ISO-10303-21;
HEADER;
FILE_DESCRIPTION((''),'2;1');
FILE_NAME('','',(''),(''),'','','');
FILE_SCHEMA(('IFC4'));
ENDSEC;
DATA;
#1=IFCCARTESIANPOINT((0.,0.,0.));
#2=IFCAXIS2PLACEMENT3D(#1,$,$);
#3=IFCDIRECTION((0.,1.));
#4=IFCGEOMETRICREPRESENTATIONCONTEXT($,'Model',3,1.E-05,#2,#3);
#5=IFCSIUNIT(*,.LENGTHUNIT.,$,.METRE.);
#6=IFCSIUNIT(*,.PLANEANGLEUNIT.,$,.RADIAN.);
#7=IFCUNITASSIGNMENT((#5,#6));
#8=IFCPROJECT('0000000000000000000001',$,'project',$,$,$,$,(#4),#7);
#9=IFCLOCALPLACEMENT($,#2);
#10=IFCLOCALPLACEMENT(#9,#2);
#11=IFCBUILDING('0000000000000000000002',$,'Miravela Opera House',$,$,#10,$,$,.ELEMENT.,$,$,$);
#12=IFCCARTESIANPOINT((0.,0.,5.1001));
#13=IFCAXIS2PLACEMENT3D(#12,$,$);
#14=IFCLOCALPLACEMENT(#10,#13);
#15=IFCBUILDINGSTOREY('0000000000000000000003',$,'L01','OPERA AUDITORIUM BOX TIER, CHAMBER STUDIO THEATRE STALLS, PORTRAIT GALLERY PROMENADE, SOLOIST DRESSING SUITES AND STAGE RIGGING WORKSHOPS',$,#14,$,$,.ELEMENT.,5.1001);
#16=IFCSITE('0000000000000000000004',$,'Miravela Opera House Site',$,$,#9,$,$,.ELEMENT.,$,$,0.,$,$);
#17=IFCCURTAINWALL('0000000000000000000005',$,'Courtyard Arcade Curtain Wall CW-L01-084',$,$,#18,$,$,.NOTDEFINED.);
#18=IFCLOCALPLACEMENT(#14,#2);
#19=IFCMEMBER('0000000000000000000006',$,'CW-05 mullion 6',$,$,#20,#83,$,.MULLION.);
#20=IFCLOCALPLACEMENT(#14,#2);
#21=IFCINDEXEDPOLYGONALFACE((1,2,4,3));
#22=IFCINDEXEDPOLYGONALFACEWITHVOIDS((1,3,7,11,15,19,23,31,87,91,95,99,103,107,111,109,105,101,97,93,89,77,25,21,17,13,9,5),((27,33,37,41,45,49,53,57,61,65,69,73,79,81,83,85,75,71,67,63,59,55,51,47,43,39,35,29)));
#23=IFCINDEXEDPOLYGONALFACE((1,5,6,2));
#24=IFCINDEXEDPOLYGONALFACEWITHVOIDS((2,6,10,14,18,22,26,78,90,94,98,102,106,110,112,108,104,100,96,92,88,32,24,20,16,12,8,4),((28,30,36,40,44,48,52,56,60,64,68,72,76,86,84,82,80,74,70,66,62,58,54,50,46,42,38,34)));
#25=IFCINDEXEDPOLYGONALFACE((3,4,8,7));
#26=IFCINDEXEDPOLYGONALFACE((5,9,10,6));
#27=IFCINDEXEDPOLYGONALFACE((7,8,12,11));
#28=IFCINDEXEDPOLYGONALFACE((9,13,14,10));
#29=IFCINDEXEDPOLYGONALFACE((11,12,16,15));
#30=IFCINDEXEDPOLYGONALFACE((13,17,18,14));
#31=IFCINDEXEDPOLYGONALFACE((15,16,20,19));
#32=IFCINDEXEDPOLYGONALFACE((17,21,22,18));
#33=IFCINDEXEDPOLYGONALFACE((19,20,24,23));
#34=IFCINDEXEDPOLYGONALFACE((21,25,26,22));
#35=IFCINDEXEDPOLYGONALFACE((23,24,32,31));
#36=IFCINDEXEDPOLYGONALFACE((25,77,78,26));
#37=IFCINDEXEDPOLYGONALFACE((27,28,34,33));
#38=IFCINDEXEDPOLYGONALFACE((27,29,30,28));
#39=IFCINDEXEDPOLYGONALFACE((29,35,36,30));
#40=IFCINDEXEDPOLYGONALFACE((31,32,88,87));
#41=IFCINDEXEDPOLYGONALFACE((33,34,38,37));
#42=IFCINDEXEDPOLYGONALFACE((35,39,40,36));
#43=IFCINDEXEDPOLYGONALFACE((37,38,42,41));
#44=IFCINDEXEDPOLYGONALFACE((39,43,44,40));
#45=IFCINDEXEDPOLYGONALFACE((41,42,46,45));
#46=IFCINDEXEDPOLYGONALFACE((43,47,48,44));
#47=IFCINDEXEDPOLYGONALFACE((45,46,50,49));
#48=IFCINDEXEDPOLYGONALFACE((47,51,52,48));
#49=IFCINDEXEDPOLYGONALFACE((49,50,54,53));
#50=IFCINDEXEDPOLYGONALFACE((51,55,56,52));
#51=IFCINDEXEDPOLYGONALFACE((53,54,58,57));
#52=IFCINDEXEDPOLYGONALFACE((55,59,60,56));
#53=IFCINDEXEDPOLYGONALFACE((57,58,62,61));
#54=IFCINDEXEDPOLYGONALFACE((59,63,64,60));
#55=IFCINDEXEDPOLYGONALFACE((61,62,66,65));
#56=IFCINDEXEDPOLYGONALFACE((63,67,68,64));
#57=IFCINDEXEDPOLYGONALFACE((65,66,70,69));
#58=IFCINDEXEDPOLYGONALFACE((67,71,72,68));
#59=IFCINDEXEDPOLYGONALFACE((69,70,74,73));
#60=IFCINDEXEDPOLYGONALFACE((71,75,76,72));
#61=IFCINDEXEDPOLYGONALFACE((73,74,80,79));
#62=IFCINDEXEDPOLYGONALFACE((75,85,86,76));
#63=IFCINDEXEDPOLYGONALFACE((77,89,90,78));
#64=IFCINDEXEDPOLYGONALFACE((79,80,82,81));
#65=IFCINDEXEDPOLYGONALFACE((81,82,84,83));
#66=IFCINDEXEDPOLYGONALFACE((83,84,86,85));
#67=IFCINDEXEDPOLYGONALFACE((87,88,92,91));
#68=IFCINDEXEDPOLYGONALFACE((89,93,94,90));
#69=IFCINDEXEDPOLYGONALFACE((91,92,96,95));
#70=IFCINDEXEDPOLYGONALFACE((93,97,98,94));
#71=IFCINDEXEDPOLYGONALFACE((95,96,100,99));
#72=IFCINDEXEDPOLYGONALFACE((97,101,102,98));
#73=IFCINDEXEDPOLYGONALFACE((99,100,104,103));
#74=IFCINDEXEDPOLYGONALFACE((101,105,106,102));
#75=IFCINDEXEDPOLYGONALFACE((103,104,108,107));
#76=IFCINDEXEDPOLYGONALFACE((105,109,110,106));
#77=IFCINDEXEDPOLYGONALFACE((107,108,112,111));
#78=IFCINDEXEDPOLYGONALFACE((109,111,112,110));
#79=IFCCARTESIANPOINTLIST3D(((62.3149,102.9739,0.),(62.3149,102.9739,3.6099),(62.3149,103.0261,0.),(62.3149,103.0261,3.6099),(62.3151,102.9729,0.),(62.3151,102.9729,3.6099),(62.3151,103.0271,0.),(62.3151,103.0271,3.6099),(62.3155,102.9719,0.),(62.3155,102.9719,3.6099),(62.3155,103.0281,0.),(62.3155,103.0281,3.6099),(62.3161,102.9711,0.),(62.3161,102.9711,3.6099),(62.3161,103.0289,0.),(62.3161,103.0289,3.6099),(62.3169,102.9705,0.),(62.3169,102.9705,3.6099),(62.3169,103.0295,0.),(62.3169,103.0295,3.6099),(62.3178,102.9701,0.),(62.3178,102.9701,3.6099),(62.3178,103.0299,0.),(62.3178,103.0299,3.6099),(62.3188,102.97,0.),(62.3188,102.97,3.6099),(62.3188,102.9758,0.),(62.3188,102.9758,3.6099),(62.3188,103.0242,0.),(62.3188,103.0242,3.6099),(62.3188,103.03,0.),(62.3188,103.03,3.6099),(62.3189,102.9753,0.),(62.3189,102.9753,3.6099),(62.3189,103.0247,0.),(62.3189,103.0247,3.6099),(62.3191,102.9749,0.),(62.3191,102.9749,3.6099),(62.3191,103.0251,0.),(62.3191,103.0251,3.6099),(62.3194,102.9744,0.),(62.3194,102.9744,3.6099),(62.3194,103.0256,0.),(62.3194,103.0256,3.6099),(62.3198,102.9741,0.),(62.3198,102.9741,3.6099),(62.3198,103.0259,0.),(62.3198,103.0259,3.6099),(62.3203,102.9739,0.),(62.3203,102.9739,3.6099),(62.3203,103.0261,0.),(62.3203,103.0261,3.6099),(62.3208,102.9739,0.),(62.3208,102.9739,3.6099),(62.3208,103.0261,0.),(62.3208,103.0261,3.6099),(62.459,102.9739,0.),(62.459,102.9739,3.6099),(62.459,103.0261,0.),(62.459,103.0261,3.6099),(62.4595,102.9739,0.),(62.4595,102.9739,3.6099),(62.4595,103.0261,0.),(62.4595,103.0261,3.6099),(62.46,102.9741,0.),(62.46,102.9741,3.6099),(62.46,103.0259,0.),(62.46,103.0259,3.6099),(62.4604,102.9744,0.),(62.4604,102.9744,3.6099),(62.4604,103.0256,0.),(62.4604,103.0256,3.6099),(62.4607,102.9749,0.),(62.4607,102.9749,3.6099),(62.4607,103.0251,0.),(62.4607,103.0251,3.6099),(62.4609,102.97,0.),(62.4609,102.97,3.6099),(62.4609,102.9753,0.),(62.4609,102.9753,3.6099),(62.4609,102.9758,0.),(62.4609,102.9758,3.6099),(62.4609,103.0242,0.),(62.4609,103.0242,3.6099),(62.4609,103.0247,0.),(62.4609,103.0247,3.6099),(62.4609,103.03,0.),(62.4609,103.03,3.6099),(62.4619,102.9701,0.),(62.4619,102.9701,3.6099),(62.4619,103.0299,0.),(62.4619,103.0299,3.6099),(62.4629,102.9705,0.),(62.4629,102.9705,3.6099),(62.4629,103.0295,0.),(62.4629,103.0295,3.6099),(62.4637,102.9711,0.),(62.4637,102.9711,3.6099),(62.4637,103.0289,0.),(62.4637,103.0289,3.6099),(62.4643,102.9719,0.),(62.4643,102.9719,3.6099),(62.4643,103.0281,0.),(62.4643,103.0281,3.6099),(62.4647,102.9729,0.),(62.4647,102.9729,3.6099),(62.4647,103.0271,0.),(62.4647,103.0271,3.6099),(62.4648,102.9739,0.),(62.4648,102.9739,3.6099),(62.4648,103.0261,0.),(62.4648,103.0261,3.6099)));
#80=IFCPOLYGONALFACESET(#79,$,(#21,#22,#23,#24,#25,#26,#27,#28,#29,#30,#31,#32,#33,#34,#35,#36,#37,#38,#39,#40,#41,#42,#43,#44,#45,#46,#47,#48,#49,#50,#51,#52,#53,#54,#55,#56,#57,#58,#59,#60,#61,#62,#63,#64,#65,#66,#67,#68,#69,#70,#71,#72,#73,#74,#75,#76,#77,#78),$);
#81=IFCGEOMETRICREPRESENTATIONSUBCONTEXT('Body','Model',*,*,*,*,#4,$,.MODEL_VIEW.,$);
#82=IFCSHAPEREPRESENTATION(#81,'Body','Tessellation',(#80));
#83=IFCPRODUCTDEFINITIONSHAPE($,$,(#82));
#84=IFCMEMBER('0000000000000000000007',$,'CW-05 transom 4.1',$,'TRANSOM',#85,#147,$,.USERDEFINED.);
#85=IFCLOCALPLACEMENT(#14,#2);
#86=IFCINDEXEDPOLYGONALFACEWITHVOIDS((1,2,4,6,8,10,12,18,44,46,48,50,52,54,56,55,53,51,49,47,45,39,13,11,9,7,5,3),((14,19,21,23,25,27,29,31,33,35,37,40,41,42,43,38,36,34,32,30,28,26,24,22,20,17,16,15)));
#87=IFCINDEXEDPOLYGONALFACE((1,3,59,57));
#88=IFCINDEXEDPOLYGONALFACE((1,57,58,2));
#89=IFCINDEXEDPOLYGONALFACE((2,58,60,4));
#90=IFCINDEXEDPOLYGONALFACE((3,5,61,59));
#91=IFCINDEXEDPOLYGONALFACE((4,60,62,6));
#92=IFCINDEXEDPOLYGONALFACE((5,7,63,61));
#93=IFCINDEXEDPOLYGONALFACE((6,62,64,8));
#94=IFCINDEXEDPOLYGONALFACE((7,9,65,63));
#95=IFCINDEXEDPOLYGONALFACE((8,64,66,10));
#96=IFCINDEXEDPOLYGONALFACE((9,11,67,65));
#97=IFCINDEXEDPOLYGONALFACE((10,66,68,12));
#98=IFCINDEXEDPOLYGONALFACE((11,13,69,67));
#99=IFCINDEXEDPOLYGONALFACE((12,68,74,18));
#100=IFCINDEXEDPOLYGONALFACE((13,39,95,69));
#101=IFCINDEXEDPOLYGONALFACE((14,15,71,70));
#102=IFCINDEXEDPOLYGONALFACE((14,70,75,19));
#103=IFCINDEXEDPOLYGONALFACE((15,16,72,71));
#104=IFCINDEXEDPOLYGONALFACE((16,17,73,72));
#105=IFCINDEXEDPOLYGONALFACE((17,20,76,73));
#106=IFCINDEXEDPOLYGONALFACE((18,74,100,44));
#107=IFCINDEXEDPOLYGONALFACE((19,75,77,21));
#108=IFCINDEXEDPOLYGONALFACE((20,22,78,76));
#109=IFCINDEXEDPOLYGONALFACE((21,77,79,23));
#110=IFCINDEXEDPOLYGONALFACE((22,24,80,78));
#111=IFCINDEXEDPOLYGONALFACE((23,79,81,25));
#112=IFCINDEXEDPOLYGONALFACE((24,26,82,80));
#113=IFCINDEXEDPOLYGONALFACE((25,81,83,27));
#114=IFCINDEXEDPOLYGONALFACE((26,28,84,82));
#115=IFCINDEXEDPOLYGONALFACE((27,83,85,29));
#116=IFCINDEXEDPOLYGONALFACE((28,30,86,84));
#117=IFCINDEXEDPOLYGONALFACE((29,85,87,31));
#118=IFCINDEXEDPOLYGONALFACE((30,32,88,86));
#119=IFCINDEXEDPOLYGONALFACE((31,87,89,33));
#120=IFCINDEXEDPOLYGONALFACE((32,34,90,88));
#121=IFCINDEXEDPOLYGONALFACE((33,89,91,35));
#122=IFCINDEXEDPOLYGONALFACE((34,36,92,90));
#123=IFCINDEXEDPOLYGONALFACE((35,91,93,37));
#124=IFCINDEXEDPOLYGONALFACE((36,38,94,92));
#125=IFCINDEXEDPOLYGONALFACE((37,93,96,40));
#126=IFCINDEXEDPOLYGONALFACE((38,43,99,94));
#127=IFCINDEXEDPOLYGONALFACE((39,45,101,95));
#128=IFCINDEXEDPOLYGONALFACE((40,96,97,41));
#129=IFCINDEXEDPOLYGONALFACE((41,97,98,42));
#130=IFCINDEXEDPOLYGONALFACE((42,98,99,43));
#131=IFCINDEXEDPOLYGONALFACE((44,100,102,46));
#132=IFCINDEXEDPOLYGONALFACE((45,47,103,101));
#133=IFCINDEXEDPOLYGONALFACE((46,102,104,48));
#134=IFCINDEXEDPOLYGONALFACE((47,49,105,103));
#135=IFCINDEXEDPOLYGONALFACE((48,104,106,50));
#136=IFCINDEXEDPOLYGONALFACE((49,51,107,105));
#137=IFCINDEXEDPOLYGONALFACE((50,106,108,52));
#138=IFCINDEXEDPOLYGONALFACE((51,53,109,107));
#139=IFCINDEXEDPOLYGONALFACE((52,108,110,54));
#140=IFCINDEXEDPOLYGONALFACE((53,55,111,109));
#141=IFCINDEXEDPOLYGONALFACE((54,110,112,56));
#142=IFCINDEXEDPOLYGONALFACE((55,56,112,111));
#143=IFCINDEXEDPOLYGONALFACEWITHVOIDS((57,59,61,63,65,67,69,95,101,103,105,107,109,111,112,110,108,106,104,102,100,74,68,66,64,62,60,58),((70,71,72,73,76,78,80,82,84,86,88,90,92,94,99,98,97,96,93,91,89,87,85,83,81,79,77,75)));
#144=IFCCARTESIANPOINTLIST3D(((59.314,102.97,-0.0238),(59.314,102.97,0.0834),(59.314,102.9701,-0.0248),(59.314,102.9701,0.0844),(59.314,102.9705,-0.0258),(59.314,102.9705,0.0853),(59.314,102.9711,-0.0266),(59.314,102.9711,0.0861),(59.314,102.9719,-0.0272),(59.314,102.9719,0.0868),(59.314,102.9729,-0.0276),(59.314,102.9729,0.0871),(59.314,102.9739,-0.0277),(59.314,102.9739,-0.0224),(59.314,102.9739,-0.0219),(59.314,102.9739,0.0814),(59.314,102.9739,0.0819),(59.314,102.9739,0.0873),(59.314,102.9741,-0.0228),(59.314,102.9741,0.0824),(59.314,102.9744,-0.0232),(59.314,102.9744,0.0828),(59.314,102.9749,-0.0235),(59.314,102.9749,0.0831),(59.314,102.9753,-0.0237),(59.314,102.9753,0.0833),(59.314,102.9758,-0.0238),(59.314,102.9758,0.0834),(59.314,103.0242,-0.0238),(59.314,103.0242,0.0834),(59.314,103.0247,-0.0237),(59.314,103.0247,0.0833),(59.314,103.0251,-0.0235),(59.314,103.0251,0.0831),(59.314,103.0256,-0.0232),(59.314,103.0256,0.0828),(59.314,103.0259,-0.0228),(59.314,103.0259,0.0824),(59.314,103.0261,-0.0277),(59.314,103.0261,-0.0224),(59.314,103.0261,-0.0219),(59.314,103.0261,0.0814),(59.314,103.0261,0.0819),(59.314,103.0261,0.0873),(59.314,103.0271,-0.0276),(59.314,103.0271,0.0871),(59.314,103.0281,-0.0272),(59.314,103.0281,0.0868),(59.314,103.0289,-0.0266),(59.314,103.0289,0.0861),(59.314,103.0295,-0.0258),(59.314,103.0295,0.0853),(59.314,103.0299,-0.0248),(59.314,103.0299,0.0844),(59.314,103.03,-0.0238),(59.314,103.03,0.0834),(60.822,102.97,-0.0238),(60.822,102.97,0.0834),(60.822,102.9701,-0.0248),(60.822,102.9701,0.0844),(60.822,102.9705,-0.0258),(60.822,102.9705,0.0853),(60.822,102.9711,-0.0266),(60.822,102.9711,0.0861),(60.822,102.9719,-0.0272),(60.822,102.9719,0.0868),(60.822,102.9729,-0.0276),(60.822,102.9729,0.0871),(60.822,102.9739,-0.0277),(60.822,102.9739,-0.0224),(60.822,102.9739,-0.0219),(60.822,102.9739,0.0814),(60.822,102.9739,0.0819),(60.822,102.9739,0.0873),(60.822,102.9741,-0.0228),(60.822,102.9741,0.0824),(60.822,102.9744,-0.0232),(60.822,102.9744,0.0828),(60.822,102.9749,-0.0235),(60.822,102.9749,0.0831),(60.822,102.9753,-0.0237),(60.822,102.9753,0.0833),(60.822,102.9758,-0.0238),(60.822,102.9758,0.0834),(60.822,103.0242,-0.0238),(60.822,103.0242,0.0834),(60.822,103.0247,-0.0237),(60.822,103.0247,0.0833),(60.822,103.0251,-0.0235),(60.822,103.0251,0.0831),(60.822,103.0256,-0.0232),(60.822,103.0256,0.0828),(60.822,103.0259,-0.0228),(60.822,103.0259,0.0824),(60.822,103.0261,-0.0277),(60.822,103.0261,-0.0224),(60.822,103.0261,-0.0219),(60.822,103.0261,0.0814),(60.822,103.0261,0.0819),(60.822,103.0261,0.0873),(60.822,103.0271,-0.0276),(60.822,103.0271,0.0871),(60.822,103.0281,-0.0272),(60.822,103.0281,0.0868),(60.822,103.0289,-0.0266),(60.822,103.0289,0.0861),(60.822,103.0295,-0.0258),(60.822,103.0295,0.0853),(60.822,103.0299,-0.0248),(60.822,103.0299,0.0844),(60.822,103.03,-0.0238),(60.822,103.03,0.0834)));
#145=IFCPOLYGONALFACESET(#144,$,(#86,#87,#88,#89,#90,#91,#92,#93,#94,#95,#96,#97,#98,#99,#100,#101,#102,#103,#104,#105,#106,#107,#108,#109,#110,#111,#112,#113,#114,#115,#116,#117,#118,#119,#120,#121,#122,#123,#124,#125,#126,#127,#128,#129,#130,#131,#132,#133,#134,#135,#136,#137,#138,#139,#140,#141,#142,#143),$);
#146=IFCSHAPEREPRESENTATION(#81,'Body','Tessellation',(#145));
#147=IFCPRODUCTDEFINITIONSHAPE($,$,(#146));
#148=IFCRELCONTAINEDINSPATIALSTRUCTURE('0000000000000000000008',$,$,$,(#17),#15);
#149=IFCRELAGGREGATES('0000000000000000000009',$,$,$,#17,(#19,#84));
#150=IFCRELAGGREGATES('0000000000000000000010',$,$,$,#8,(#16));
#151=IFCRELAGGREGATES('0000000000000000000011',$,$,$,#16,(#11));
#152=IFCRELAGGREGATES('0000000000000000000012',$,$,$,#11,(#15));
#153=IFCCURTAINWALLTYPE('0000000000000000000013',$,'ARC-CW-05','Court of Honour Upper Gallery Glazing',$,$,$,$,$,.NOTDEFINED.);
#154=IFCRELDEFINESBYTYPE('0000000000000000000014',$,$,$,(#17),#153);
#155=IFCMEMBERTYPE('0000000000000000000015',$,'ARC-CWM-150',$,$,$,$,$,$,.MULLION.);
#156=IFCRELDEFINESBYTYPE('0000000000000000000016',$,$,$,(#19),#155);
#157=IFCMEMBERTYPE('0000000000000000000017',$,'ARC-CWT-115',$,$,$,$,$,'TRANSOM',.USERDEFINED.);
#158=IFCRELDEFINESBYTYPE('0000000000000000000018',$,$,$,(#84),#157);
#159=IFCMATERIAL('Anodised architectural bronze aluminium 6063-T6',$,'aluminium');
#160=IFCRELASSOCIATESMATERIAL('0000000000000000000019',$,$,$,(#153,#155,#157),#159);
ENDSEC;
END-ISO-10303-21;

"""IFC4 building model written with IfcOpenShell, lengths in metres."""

from ifc_helpers import new_model, si_unit, direction, frame, origin, origin_2d, place, context, subcontext, project, spatial, hollow_rectangle, extrude, material, material_profile, profile_set, type_object, element, aggregate, save


model = new_model("IFC4")

# Units and contexts
model_context = context("Model", 3, precision=1e-05, world=origin(), true_north=direction((0.0, 1.0)))
body_context = subcontext(model_context, "Body", "Model", "MODEL_VIEW")
ifc_project = project(units=[si_unit("LENGTHUNIT", "METRE"), si_unit("PLANEANGLEUNIT", "RADIAN")], contexts=[model_context])

# Site, building, storey
site_placement = place(None, origin())
site = spatial("IfcSite", under=ifc_project, at=site_placement, Name="Miravela Opera House Site", CompositionType="ELEMENT", RefElevation=0.0)
building_placement = place(site_placement, origin())
building = spatial("IfcBuilding", under=site, at=building_placement, Name="Miravela Opera House", CompositionType="ELEMENT")
storey_placement = place(building_placement, frame((0.0, 0.0, 5.1001)))
storey = spatial("IfcBuildingStorey", under=building, at=storey_placement, Name="L01", Description="OPERA AUDITORIUM BOX TIER, CHAMBER STUDIO THEATRE STALLS, PORTRAIT GALLERY PROMENADE, SOLOIST DRESSING SUITES AND STAGE RIGGING WORKSHOPS", CompositionType="ELEMENT", Elevation=5.1001)

# Curtain wall, members
ifc_material_1 = material(Name="Anodised architectural bronze aluminium 6063-T6", Category="aluminium")
curtain_wall_type = type_object("IfcCurtainWallType", Name="ARC-CW-05", Description="Court of Honour Upper Gallery Glazing", PredefinedType="NOTDEFINED", material=ifc_material_1)
curtain_wall_placement = place(storey_placement, origin())
curtain_wall = element("IfcCurtainWall", 1, at=curtain_wall_placement, inside=storey, type_object=curtain_wall_type, Name="Courtyard Arcade Curtain Wall CW-L01-084", PredefinedType="NOTDEFINED")
ifc_material_profile_1 = material_profile(ifc_material_1, hollow_rectangle(XDim=0.0601, YDim=0.1499, WallThickness=0.0039, InnerFilletRadius=0.002, OuterFilletRadius=0.0039, at=origin_2d()), Name="CWM-60X150")
ifc_profile_set_1 = profile_set([ifc_material_profile_1])
member_type_1 = type_object("IfcMemberType", Name="ARC-CWM-150", PredefinedType="MULLION", material=ifc_profile_set_1)
member_1_placement = place(storey_placement, frame((62.3899, 103.0, 0.0), z_axis=(0.0, 0.0, 1.0), x_axis=(0.0, 1.0, 0.0)))
member_1 = element("IfcMember", 2, at=member_1_placement, type_object=member_type_1, Name="CW-05 mullion 6", PredefinedType="MULLION", context=body_context, shape_type="SweptSolid", body=[
    extrude(hollow_rectangle(XDim=0.0601, YDim=0.1499, WallThickness=0.0039, InnerFilletRadius=0.002, OuterFilletRadius=0.0039, at=origin_2d()), origin(), (0.0, 0.0, 1.0), 3.6099),
])
ifc_material_profile_2 = material_profile(ifc_material_1, hollow_rectangle(XDim=0.0601, YDim=0.115, WallThickness=0.0039, InnerFilletRadius=0.002, OuterFilletRadius=0.0039, at=origin_2d()), Name="CWT-60X115")
ifc_profile_set_2 = profile_set([ifc_material_profile_2])
member_type_2 = type_object("IfcMemberType", Name="ARC-CWT-115", ElementType="TRANSOM", PredefinedType="USERDEFINED", material=ifc_profile_set_2)
member_2_placement = place(storey_placement, frame((59.314, 103.0, 0.0298), z_axis=(1.0, 0.0, 0.0), x_axis=(0.0, 1.0, 0.0)))
member_2 = element("IfcMember", 3, at=member_2_placement, type_object=member_type_2, Name="CW-05 transom 4.1", ObjectType="TRANSOM", PredefinedType="USERDEFINED", context=body_context, shape_type="SweptSolid", body=[
    extrude(hollow_rectangle(XDim=0.0601, YDim=0.115, WallThickness=0.0039, InnerFilletRadius=0.002, OuterFilletRadius=0.0039, at=origin_2d()), origin(), (0.0, 0.0, 1.0), 1.5081),
])

aggregate(curtain_wall, [member_1, member_2])

save(model, "model.ifc")
